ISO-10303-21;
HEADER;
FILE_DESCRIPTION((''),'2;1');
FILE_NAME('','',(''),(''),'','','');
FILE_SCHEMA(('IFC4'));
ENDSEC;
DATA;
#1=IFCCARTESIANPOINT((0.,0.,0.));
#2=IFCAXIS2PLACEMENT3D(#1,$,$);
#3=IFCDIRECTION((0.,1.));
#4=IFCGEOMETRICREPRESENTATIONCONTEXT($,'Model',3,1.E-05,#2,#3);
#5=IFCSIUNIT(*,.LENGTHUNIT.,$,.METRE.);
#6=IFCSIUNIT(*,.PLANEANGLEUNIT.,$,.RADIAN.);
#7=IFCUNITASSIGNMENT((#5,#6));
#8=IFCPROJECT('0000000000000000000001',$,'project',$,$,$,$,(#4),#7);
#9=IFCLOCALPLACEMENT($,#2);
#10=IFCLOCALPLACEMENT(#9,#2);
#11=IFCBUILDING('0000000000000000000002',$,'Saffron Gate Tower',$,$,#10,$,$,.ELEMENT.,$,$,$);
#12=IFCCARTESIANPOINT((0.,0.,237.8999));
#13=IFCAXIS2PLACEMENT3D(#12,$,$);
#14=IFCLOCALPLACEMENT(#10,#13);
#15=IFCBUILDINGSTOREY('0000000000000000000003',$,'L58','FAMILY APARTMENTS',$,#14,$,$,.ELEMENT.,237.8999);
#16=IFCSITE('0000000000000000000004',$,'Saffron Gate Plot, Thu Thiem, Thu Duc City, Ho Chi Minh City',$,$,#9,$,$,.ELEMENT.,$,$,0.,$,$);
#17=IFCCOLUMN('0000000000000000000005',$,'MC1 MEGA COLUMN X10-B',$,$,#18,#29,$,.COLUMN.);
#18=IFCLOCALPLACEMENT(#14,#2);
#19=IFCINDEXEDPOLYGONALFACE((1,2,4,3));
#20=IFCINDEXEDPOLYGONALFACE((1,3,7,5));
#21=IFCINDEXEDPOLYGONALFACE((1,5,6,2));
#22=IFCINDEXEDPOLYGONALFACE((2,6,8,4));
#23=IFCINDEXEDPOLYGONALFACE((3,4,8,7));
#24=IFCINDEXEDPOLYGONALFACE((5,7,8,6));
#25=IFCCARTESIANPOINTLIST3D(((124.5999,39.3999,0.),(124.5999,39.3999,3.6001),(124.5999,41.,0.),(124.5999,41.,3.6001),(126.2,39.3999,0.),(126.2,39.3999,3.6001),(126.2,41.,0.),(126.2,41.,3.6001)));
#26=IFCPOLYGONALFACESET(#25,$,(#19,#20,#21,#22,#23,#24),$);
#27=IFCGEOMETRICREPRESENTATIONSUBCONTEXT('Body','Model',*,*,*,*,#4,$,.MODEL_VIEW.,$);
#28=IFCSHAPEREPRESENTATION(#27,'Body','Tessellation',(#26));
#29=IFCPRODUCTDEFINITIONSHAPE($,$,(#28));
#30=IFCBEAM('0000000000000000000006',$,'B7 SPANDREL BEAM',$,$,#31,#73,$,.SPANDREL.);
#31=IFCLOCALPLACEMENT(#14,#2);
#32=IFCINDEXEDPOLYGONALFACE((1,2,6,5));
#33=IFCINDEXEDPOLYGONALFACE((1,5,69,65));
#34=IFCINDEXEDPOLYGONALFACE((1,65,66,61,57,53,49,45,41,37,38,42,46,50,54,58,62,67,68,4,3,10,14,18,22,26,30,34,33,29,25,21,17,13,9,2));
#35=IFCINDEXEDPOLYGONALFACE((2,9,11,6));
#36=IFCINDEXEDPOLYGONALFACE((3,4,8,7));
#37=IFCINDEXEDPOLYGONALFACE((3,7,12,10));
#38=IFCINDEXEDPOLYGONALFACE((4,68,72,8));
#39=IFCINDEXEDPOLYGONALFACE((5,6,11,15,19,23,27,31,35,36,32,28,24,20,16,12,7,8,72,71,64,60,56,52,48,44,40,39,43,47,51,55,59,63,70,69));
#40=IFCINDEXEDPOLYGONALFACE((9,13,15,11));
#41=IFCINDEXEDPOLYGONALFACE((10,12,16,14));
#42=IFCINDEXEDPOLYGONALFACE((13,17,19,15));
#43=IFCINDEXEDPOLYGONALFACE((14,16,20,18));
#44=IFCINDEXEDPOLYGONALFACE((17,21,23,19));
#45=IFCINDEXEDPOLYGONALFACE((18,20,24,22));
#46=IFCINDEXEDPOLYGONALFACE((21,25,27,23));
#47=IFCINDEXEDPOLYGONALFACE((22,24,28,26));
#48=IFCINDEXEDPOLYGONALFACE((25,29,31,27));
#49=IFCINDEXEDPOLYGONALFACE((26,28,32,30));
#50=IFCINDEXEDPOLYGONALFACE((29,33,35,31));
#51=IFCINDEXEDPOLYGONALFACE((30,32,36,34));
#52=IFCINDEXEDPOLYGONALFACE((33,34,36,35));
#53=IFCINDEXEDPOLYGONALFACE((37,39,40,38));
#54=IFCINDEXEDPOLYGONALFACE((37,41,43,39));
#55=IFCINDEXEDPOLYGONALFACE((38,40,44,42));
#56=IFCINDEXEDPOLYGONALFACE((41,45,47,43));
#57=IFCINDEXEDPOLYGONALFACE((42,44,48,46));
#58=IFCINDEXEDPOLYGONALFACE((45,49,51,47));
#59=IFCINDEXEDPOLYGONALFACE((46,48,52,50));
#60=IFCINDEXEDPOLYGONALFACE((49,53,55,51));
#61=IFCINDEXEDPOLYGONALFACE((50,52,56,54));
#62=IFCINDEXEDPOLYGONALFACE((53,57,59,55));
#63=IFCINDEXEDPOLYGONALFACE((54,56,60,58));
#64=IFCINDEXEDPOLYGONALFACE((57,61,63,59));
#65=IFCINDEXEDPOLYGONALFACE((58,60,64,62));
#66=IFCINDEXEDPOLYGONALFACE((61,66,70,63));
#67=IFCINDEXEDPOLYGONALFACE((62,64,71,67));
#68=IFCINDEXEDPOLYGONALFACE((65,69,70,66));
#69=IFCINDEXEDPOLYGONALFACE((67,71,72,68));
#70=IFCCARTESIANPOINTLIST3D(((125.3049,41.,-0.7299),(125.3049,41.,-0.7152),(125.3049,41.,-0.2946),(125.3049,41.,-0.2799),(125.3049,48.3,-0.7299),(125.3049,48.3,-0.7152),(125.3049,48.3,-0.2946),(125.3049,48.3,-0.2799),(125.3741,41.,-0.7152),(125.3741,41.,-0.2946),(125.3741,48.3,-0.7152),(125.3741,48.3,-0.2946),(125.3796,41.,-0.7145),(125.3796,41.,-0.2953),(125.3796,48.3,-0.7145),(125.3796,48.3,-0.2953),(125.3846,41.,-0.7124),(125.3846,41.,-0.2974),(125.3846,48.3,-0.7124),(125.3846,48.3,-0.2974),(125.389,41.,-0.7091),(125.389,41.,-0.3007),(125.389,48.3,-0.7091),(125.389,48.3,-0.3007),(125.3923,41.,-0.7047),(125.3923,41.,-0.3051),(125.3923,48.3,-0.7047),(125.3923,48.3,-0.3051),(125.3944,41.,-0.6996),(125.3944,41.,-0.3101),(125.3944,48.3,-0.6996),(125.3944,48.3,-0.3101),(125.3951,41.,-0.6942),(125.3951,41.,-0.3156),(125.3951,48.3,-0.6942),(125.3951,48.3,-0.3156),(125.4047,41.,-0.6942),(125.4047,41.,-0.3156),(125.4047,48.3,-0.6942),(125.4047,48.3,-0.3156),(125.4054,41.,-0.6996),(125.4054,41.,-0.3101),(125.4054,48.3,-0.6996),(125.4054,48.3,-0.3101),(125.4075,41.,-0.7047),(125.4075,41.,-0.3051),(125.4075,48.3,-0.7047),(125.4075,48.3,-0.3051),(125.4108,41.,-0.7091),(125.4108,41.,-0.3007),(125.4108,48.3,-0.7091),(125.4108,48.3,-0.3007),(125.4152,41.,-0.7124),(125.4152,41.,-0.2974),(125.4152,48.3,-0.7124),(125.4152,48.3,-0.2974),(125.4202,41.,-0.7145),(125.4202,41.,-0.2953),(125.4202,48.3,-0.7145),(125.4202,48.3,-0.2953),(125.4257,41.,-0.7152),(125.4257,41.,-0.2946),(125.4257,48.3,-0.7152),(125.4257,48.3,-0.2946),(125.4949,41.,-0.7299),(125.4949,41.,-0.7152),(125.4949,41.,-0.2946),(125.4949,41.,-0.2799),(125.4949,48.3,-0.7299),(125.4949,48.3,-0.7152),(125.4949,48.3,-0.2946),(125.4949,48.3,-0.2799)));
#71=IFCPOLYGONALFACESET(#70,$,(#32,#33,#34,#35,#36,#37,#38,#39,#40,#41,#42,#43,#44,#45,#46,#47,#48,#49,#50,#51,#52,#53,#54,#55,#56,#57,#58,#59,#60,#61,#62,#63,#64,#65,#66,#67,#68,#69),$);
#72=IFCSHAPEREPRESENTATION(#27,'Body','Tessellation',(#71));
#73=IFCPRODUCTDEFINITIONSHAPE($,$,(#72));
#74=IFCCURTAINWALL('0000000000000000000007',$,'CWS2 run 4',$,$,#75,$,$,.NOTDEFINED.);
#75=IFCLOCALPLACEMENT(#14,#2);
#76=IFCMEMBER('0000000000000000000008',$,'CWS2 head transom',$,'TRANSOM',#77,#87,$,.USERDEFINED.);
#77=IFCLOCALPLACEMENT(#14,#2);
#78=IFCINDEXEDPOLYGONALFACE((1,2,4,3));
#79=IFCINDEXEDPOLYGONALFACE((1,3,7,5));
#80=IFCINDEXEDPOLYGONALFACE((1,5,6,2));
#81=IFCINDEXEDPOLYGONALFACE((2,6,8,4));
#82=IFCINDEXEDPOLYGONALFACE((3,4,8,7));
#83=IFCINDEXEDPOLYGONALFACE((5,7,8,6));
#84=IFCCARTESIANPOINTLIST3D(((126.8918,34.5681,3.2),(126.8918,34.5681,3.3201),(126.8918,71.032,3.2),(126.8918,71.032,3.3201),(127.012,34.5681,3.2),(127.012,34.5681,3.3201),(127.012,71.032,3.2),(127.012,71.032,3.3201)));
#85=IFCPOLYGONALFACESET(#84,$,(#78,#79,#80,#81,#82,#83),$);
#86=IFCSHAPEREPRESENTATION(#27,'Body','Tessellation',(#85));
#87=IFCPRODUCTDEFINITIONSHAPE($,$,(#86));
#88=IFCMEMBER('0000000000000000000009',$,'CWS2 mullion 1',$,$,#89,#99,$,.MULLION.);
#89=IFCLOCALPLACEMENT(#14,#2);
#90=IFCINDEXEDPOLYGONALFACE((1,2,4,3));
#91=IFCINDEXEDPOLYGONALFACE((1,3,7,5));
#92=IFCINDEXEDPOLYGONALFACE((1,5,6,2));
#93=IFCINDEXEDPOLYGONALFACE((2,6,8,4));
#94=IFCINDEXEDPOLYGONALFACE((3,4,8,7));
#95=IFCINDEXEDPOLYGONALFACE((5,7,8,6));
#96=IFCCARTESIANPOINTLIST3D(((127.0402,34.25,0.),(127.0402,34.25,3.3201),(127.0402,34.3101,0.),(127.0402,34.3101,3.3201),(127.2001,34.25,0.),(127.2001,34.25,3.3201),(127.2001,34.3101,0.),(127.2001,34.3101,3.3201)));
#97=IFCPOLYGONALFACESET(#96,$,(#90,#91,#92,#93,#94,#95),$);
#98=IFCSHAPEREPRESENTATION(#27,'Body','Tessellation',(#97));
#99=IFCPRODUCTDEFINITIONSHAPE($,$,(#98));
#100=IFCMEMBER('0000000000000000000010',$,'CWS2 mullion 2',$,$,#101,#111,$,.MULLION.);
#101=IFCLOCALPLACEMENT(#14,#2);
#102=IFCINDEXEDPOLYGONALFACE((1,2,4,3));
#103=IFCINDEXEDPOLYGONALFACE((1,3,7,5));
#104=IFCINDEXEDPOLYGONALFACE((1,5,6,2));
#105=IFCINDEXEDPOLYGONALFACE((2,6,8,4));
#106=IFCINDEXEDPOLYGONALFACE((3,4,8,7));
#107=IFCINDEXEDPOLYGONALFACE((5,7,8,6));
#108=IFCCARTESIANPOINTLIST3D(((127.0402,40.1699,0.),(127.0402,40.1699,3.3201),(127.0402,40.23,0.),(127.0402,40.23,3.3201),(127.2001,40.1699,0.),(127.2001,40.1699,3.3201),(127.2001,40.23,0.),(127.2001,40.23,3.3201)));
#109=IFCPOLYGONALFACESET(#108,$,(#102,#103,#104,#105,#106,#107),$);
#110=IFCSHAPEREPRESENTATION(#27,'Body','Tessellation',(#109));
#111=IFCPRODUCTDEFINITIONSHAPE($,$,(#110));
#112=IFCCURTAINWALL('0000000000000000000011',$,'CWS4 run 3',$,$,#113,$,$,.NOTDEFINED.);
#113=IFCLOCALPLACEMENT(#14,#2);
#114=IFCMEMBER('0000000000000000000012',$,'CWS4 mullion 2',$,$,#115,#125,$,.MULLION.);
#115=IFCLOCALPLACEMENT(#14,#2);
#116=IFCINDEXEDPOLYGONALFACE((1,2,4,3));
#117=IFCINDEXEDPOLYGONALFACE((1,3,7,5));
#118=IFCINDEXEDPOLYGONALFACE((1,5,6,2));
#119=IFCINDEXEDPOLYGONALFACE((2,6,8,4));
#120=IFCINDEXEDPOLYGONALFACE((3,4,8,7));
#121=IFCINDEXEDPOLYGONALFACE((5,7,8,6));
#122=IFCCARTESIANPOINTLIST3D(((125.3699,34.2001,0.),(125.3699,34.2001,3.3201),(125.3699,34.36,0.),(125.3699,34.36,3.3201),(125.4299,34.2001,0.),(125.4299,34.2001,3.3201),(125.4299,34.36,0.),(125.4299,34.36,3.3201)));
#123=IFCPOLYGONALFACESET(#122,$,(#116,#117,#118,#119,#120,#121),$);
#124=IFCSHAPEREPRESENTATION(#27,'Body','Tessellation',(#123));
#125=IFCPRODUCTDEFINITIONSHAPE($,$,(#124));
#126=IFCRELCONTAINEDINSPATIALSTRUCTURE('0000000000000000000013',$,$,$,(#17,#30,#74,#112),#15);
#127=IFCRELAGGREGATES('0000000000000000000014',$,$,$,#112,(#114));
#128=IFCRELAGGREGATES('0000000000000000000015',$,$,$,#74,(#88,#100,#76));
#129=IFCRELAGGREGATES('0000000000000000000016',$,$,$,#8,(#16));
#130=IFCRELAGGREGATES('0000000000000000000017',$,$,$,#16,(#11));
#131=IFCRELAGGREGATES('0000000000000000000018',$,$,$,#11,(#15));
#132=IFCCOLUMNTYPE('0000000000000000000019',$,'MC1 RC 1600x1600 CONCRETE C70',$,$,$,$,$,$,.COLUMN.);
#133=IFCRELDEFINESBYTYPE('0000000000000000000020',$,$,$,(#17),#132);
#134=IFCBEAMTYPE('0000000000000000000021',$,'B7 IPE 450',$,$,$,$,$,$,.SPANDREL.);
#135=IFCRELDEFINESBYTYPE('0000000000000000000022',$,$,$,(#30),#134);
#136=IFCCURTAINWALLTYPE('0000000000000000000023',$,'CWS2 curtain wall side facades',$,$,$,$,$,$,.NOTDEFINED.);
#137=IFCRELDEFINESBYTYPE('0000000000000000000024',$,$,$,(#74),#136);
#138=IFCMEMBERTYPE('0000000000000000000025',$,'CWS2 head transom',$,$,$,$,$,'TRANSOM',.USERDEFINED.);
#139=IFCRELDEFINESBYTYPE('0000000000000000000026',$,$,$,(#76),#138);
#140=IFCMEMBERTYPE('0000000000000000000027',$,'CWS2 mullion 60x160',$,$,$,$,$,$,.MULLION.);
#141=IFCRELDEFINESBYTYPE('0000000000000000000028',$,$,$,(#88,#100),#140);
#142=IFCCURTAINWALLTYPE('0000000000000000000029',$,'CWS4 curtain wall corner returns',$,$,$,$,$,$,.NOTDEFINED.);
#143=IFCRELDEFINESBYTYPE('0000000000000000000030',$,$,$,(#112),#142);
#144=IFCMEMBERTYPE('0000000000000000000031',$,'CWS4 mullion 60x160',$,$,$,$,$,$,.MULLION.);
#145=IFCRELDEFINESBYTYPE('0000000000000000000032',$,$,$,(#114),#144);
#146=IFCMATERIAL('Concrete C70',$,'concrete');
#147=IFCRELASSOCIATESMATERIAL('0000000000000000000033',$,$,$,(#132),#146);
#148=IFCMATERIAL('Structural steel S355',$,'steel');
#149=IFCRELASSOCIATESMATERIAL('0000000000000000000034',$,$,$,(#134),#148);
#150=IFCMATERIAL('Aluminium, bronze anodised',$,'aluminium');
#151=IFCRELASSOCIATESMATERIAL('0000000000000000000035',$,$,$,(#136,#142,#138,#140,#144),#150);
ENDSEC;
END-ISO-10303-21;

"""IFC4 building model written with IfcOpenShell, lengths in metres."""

from ifc_helpers import new_model, si_unit, direction, frame, origin, origin_2d, place, context, subcontext, project, spatial, rectangle, i_section, extrude, material, material_profile, profile_set, type_object, element, aggregate, save


model = new_model("IFC4")

# Units and contexts
model_context = context("Model", 3, precision=1e-05, world=origin(), true_north=direction((0.0, 1.0)))
body_context = subcontext(model_context, "Body", "Model", "MODEL_VIEW")
ifc_project = project(units=[si_unit("LENGTHUNIT", "METRE"), si_unit("PLANEANGLEUNIT", "RADIAN")], contexts=[model_context])

# Site, building, storey
site_placement = place(None, origin())
site = spatial("IfcSite", under=ifc_project, at=site_placement, Name="Saffron Gate Plot, Thu Thiem, Thu Duc City, Ho Chi Minh City", CompositionType="ELEMENT", RefElevation=0.0)
building_placement = place(site_placement, origin())
building = spatial("IfcBuilding", under=site, at=building_placement, Name="Saffron Gate Tower", CompositionType="ELEMENT")
storey_placement = place(building_placement, frame((0.0, 0.0, 237.8999)))
storey = spatial("IfcBuildingStorey", under=building, at=storey_placement, Name="L58", Description="FAMILY APARTMENTS", CompositionType="ELEMENT", Elevation=237.8999)

# Column
ifc_material_1 = material(Name="Concrete C70", Category="concrete")
ifc_material_profile_1 = material_profile(ifc_material_1, rectangle(XDim=1.6001, YDim=1.6001, at=origin_2d()))
ifc_profile_set_1 = profile_set([ifc_material_profile_1], Name="Concrete C70")
column_type = type_object("IfcColumnType", Name="MC1 RC 1600x1600 CONCRETE C70", PredefinedType="COLUMN", material=ifc_profile_set_1)
column_placement = place(storey_placement, frame((125.3999, 40.2, 0.0), z_axis=(0.0, 0.0, 1.0), x_axis=(1.0, 0.0, 0.0)))
element("IfcColumn", 1, at=column_placement, inside=storey, type_object=column_type, Name="MC1 MEGA COLUMN X10-B", PredefinedType="COLUMN", context=body_context, shape_type="SweptSolid", body=[
    extrude(rectangle(XDim=1.6001, YDim=1.6001, at=origin_2d()), origin(), (0.0, 0.0, 1.0), 3.6001),
])

# Beam
ifc_material_2 = material(Name="Structural steel S355", Category="steel")
ifc_material_profile_2 = material_profile(ifc_material_2, i_section(OverallWidth=0.1899, OverallDepth=0.45, WebThickness=0.0095, FlangeThickness=0.0146, FilletRadius=0.021, at=origin_2d()))
ifc_profile_set_2 = profile_set([ifc_material_profile_2], Name="Structural steel S355")
beam_type = type_object("IfcBeamType", Name="B7 IPE 450", PredefinedType="SPANDREL", material=ifc_profile_set_2)
beam_placement = place(storey_placement, frame((125.3999, 41.0, -0.5049), z_axis=(0.0, 1.0, 0.0), x_axis=(-1.0, 0.0, 0.0)))
element("IfcBeam", 2, at=beam_placement, inside=storey, type_object=beam_type, Name="B7 SPANDREL BEAM", PredefinedType="SPANDREL", context=body_context, shape_type="SweptSolid", body=[
    extrude(i_section(OverallWidth=0.1899, OverallDepth=0.45, WebThickness=0.0095, FlangeThickness=0.0146, FilletRadius=0.021, at=origin_2d()), origin(), (0.0, 0.0, 1.0), 7.3),
])

# Curtain wall, members
ifc_material_3 = material(Name="Aluminium, bronze anodised", Category="aluminium")
curtain_wall_type_1 = type_object("IfcCurtainWallType", Name="CWS2 curtain wall side facades", PredefinedType="NOTDEFINED", material=ifc_material_3)
curtain_wall_1_placement = place(storey_placement, origin())
curtain_wall_1 = element("IfcCurtainWall", 3, at=curtain_wall_1_placement, inside=storey, type_object=curtain_wall_type_1, Name="CWS2 run 4", PredefinedType="NOTDEFINED")
ifc_material_profile_3 = material_profile(ifc_material_3, rectangle(XDim=0.1201, YDim=0.1201, at=origin_2d()))
ifc_profile_set_3 = profile_set([ifc_material_profile_3], Name="Aluminium, bronze anodised")
member_type_1 = type_object("IfcMemberType", Name="CWS2 head transom", ElementType="TRANSOM", PredefinedType="USERDEFINED", material=ifc_profile_set_3)
member_1_placement = place(storey_placement, frame((126.9519, 34.5681, 3.26), z_axis=(0.0, 1.0, 0.0), x_axis=(-1.0, 0.0, 0.0)))
member_1 = element("IfcMember", 4, at=member_1_placement, type_object=member_type_1, Name="CWS2 head transom", ObjectType="TRANSOM", PredefinedType="USERDEFINED", context=body_context, shape_type="SweptSolid", body=[
    extrude(rectangle(XDim=0.1201, YDim=0.1201, at=origin_2d()), origin(), (0.0, 0.0, 1.0), 36.4639),
])
ifc_material_profile_4 = material_profile(ifc_material_3, rectangle(XDim=0.1599, YDim=0.0601, at=origin_2d()))
ifc_profile_set_4 = profile_set([ifc_material_profile_4], Name="Aluminium, bronze anodised")
member_type_2 = type_object("IfcMemberType", Name="CWS2 mullion 60x160", PredefinedType="MULLION", material=ifc_profile_set_4)
member_2_placement = place(storey_placement, frame((127.1201, 34.28, 0.0), z_axis=(0.0, 0.0, 1.0), x_axis=(-1.0, 0.0, 0.0)))
member_2 = element("IfcMember", 5, at=member_2_placement, type_object=member_type_2, Name="CWS2 mullion 1", PredefinedType="MULLION", context=body_context, shape_type="SweptSolid", body=[
    extrude(rectangle(XDim=0.1599, YDim=0.0601, at=origin_2d()), origin(), (0.0, 0.0, 1.0), 3.3201),
])
member_3_placement = place(storey_placement, frame((127.1201, 40.2, 0.0), z_axis=(0.0, 0.0, 1.0), x_axis=(-1.0, 0.0, 0.0)))
member_3 = element("IfcMember", 6, at=member_3_placement, type_object=member_type_2, Name="CWS2 mullion 2", PredefinedType="MULLION", context=body_context, shape_type="SweptSolid", body=[
    extrude(rectangle(XDim=0.1599, YDim=0.0601, at=origin_2d()), origin(), (0.0, 0.0, 1.0), 3.3201),
])

# Curtain wall, member
curtain_wall_type_2 = type_object("IfcCurtainWallType", Name="CWS4 curtain wall corner returns", PredefinedType="NOTDEFINED", material=ifc_material_3)
curtain_wall_2_placement = place(storey_placement, origin())
curtain_wall_2 = element("IfcCurtainWall", 7, at=curtain_wall_2_placement, inside=storey, type_object=curtain_wall_type_2, Name="CWS4 run 3", PredefinedType="NOTDEFINED")
ifc_material_profile_5 = material_profile(ifc_material_3, rectangle(XDim=0.1599, YDim=0.0601, at=origin_2d()))
ifc_profile_set_5 = profile_set([ifc_material_profile_5], Name="Aluminium, bronze anodised")
member_type_3 = type_object("IfcMemberType", Name="CWS4 mullion 60x160", PredefinedType="MULLION", material=ifc_profile_set_5)
member_4_placement = place(storey_placement, frame((125.3999, 34.28, 0.0), z_axis=(0.0, 0.0, 1.0), x_axis=(0.0, 1.0, 0.0)))
member_4 = element("IfcMember", 8, at=member_4_placement, type_object=member_type_3, Name="CWS4 mullion 2", PredefinedType="MULLION", context=body_context, shape_type="SweptSolid", body=[
    extrude(rectangle(XDim=0.1599, YDim=0.0601, at=origin_2d()), origin(), (0.0, 0.0, 1.0), 3.3201),
])
aggregate(curtain_wall_2, [member_4])

aggregate(curtain_wall_1, [member_2, member_3, member_1])

save(model, "model.ifc")
